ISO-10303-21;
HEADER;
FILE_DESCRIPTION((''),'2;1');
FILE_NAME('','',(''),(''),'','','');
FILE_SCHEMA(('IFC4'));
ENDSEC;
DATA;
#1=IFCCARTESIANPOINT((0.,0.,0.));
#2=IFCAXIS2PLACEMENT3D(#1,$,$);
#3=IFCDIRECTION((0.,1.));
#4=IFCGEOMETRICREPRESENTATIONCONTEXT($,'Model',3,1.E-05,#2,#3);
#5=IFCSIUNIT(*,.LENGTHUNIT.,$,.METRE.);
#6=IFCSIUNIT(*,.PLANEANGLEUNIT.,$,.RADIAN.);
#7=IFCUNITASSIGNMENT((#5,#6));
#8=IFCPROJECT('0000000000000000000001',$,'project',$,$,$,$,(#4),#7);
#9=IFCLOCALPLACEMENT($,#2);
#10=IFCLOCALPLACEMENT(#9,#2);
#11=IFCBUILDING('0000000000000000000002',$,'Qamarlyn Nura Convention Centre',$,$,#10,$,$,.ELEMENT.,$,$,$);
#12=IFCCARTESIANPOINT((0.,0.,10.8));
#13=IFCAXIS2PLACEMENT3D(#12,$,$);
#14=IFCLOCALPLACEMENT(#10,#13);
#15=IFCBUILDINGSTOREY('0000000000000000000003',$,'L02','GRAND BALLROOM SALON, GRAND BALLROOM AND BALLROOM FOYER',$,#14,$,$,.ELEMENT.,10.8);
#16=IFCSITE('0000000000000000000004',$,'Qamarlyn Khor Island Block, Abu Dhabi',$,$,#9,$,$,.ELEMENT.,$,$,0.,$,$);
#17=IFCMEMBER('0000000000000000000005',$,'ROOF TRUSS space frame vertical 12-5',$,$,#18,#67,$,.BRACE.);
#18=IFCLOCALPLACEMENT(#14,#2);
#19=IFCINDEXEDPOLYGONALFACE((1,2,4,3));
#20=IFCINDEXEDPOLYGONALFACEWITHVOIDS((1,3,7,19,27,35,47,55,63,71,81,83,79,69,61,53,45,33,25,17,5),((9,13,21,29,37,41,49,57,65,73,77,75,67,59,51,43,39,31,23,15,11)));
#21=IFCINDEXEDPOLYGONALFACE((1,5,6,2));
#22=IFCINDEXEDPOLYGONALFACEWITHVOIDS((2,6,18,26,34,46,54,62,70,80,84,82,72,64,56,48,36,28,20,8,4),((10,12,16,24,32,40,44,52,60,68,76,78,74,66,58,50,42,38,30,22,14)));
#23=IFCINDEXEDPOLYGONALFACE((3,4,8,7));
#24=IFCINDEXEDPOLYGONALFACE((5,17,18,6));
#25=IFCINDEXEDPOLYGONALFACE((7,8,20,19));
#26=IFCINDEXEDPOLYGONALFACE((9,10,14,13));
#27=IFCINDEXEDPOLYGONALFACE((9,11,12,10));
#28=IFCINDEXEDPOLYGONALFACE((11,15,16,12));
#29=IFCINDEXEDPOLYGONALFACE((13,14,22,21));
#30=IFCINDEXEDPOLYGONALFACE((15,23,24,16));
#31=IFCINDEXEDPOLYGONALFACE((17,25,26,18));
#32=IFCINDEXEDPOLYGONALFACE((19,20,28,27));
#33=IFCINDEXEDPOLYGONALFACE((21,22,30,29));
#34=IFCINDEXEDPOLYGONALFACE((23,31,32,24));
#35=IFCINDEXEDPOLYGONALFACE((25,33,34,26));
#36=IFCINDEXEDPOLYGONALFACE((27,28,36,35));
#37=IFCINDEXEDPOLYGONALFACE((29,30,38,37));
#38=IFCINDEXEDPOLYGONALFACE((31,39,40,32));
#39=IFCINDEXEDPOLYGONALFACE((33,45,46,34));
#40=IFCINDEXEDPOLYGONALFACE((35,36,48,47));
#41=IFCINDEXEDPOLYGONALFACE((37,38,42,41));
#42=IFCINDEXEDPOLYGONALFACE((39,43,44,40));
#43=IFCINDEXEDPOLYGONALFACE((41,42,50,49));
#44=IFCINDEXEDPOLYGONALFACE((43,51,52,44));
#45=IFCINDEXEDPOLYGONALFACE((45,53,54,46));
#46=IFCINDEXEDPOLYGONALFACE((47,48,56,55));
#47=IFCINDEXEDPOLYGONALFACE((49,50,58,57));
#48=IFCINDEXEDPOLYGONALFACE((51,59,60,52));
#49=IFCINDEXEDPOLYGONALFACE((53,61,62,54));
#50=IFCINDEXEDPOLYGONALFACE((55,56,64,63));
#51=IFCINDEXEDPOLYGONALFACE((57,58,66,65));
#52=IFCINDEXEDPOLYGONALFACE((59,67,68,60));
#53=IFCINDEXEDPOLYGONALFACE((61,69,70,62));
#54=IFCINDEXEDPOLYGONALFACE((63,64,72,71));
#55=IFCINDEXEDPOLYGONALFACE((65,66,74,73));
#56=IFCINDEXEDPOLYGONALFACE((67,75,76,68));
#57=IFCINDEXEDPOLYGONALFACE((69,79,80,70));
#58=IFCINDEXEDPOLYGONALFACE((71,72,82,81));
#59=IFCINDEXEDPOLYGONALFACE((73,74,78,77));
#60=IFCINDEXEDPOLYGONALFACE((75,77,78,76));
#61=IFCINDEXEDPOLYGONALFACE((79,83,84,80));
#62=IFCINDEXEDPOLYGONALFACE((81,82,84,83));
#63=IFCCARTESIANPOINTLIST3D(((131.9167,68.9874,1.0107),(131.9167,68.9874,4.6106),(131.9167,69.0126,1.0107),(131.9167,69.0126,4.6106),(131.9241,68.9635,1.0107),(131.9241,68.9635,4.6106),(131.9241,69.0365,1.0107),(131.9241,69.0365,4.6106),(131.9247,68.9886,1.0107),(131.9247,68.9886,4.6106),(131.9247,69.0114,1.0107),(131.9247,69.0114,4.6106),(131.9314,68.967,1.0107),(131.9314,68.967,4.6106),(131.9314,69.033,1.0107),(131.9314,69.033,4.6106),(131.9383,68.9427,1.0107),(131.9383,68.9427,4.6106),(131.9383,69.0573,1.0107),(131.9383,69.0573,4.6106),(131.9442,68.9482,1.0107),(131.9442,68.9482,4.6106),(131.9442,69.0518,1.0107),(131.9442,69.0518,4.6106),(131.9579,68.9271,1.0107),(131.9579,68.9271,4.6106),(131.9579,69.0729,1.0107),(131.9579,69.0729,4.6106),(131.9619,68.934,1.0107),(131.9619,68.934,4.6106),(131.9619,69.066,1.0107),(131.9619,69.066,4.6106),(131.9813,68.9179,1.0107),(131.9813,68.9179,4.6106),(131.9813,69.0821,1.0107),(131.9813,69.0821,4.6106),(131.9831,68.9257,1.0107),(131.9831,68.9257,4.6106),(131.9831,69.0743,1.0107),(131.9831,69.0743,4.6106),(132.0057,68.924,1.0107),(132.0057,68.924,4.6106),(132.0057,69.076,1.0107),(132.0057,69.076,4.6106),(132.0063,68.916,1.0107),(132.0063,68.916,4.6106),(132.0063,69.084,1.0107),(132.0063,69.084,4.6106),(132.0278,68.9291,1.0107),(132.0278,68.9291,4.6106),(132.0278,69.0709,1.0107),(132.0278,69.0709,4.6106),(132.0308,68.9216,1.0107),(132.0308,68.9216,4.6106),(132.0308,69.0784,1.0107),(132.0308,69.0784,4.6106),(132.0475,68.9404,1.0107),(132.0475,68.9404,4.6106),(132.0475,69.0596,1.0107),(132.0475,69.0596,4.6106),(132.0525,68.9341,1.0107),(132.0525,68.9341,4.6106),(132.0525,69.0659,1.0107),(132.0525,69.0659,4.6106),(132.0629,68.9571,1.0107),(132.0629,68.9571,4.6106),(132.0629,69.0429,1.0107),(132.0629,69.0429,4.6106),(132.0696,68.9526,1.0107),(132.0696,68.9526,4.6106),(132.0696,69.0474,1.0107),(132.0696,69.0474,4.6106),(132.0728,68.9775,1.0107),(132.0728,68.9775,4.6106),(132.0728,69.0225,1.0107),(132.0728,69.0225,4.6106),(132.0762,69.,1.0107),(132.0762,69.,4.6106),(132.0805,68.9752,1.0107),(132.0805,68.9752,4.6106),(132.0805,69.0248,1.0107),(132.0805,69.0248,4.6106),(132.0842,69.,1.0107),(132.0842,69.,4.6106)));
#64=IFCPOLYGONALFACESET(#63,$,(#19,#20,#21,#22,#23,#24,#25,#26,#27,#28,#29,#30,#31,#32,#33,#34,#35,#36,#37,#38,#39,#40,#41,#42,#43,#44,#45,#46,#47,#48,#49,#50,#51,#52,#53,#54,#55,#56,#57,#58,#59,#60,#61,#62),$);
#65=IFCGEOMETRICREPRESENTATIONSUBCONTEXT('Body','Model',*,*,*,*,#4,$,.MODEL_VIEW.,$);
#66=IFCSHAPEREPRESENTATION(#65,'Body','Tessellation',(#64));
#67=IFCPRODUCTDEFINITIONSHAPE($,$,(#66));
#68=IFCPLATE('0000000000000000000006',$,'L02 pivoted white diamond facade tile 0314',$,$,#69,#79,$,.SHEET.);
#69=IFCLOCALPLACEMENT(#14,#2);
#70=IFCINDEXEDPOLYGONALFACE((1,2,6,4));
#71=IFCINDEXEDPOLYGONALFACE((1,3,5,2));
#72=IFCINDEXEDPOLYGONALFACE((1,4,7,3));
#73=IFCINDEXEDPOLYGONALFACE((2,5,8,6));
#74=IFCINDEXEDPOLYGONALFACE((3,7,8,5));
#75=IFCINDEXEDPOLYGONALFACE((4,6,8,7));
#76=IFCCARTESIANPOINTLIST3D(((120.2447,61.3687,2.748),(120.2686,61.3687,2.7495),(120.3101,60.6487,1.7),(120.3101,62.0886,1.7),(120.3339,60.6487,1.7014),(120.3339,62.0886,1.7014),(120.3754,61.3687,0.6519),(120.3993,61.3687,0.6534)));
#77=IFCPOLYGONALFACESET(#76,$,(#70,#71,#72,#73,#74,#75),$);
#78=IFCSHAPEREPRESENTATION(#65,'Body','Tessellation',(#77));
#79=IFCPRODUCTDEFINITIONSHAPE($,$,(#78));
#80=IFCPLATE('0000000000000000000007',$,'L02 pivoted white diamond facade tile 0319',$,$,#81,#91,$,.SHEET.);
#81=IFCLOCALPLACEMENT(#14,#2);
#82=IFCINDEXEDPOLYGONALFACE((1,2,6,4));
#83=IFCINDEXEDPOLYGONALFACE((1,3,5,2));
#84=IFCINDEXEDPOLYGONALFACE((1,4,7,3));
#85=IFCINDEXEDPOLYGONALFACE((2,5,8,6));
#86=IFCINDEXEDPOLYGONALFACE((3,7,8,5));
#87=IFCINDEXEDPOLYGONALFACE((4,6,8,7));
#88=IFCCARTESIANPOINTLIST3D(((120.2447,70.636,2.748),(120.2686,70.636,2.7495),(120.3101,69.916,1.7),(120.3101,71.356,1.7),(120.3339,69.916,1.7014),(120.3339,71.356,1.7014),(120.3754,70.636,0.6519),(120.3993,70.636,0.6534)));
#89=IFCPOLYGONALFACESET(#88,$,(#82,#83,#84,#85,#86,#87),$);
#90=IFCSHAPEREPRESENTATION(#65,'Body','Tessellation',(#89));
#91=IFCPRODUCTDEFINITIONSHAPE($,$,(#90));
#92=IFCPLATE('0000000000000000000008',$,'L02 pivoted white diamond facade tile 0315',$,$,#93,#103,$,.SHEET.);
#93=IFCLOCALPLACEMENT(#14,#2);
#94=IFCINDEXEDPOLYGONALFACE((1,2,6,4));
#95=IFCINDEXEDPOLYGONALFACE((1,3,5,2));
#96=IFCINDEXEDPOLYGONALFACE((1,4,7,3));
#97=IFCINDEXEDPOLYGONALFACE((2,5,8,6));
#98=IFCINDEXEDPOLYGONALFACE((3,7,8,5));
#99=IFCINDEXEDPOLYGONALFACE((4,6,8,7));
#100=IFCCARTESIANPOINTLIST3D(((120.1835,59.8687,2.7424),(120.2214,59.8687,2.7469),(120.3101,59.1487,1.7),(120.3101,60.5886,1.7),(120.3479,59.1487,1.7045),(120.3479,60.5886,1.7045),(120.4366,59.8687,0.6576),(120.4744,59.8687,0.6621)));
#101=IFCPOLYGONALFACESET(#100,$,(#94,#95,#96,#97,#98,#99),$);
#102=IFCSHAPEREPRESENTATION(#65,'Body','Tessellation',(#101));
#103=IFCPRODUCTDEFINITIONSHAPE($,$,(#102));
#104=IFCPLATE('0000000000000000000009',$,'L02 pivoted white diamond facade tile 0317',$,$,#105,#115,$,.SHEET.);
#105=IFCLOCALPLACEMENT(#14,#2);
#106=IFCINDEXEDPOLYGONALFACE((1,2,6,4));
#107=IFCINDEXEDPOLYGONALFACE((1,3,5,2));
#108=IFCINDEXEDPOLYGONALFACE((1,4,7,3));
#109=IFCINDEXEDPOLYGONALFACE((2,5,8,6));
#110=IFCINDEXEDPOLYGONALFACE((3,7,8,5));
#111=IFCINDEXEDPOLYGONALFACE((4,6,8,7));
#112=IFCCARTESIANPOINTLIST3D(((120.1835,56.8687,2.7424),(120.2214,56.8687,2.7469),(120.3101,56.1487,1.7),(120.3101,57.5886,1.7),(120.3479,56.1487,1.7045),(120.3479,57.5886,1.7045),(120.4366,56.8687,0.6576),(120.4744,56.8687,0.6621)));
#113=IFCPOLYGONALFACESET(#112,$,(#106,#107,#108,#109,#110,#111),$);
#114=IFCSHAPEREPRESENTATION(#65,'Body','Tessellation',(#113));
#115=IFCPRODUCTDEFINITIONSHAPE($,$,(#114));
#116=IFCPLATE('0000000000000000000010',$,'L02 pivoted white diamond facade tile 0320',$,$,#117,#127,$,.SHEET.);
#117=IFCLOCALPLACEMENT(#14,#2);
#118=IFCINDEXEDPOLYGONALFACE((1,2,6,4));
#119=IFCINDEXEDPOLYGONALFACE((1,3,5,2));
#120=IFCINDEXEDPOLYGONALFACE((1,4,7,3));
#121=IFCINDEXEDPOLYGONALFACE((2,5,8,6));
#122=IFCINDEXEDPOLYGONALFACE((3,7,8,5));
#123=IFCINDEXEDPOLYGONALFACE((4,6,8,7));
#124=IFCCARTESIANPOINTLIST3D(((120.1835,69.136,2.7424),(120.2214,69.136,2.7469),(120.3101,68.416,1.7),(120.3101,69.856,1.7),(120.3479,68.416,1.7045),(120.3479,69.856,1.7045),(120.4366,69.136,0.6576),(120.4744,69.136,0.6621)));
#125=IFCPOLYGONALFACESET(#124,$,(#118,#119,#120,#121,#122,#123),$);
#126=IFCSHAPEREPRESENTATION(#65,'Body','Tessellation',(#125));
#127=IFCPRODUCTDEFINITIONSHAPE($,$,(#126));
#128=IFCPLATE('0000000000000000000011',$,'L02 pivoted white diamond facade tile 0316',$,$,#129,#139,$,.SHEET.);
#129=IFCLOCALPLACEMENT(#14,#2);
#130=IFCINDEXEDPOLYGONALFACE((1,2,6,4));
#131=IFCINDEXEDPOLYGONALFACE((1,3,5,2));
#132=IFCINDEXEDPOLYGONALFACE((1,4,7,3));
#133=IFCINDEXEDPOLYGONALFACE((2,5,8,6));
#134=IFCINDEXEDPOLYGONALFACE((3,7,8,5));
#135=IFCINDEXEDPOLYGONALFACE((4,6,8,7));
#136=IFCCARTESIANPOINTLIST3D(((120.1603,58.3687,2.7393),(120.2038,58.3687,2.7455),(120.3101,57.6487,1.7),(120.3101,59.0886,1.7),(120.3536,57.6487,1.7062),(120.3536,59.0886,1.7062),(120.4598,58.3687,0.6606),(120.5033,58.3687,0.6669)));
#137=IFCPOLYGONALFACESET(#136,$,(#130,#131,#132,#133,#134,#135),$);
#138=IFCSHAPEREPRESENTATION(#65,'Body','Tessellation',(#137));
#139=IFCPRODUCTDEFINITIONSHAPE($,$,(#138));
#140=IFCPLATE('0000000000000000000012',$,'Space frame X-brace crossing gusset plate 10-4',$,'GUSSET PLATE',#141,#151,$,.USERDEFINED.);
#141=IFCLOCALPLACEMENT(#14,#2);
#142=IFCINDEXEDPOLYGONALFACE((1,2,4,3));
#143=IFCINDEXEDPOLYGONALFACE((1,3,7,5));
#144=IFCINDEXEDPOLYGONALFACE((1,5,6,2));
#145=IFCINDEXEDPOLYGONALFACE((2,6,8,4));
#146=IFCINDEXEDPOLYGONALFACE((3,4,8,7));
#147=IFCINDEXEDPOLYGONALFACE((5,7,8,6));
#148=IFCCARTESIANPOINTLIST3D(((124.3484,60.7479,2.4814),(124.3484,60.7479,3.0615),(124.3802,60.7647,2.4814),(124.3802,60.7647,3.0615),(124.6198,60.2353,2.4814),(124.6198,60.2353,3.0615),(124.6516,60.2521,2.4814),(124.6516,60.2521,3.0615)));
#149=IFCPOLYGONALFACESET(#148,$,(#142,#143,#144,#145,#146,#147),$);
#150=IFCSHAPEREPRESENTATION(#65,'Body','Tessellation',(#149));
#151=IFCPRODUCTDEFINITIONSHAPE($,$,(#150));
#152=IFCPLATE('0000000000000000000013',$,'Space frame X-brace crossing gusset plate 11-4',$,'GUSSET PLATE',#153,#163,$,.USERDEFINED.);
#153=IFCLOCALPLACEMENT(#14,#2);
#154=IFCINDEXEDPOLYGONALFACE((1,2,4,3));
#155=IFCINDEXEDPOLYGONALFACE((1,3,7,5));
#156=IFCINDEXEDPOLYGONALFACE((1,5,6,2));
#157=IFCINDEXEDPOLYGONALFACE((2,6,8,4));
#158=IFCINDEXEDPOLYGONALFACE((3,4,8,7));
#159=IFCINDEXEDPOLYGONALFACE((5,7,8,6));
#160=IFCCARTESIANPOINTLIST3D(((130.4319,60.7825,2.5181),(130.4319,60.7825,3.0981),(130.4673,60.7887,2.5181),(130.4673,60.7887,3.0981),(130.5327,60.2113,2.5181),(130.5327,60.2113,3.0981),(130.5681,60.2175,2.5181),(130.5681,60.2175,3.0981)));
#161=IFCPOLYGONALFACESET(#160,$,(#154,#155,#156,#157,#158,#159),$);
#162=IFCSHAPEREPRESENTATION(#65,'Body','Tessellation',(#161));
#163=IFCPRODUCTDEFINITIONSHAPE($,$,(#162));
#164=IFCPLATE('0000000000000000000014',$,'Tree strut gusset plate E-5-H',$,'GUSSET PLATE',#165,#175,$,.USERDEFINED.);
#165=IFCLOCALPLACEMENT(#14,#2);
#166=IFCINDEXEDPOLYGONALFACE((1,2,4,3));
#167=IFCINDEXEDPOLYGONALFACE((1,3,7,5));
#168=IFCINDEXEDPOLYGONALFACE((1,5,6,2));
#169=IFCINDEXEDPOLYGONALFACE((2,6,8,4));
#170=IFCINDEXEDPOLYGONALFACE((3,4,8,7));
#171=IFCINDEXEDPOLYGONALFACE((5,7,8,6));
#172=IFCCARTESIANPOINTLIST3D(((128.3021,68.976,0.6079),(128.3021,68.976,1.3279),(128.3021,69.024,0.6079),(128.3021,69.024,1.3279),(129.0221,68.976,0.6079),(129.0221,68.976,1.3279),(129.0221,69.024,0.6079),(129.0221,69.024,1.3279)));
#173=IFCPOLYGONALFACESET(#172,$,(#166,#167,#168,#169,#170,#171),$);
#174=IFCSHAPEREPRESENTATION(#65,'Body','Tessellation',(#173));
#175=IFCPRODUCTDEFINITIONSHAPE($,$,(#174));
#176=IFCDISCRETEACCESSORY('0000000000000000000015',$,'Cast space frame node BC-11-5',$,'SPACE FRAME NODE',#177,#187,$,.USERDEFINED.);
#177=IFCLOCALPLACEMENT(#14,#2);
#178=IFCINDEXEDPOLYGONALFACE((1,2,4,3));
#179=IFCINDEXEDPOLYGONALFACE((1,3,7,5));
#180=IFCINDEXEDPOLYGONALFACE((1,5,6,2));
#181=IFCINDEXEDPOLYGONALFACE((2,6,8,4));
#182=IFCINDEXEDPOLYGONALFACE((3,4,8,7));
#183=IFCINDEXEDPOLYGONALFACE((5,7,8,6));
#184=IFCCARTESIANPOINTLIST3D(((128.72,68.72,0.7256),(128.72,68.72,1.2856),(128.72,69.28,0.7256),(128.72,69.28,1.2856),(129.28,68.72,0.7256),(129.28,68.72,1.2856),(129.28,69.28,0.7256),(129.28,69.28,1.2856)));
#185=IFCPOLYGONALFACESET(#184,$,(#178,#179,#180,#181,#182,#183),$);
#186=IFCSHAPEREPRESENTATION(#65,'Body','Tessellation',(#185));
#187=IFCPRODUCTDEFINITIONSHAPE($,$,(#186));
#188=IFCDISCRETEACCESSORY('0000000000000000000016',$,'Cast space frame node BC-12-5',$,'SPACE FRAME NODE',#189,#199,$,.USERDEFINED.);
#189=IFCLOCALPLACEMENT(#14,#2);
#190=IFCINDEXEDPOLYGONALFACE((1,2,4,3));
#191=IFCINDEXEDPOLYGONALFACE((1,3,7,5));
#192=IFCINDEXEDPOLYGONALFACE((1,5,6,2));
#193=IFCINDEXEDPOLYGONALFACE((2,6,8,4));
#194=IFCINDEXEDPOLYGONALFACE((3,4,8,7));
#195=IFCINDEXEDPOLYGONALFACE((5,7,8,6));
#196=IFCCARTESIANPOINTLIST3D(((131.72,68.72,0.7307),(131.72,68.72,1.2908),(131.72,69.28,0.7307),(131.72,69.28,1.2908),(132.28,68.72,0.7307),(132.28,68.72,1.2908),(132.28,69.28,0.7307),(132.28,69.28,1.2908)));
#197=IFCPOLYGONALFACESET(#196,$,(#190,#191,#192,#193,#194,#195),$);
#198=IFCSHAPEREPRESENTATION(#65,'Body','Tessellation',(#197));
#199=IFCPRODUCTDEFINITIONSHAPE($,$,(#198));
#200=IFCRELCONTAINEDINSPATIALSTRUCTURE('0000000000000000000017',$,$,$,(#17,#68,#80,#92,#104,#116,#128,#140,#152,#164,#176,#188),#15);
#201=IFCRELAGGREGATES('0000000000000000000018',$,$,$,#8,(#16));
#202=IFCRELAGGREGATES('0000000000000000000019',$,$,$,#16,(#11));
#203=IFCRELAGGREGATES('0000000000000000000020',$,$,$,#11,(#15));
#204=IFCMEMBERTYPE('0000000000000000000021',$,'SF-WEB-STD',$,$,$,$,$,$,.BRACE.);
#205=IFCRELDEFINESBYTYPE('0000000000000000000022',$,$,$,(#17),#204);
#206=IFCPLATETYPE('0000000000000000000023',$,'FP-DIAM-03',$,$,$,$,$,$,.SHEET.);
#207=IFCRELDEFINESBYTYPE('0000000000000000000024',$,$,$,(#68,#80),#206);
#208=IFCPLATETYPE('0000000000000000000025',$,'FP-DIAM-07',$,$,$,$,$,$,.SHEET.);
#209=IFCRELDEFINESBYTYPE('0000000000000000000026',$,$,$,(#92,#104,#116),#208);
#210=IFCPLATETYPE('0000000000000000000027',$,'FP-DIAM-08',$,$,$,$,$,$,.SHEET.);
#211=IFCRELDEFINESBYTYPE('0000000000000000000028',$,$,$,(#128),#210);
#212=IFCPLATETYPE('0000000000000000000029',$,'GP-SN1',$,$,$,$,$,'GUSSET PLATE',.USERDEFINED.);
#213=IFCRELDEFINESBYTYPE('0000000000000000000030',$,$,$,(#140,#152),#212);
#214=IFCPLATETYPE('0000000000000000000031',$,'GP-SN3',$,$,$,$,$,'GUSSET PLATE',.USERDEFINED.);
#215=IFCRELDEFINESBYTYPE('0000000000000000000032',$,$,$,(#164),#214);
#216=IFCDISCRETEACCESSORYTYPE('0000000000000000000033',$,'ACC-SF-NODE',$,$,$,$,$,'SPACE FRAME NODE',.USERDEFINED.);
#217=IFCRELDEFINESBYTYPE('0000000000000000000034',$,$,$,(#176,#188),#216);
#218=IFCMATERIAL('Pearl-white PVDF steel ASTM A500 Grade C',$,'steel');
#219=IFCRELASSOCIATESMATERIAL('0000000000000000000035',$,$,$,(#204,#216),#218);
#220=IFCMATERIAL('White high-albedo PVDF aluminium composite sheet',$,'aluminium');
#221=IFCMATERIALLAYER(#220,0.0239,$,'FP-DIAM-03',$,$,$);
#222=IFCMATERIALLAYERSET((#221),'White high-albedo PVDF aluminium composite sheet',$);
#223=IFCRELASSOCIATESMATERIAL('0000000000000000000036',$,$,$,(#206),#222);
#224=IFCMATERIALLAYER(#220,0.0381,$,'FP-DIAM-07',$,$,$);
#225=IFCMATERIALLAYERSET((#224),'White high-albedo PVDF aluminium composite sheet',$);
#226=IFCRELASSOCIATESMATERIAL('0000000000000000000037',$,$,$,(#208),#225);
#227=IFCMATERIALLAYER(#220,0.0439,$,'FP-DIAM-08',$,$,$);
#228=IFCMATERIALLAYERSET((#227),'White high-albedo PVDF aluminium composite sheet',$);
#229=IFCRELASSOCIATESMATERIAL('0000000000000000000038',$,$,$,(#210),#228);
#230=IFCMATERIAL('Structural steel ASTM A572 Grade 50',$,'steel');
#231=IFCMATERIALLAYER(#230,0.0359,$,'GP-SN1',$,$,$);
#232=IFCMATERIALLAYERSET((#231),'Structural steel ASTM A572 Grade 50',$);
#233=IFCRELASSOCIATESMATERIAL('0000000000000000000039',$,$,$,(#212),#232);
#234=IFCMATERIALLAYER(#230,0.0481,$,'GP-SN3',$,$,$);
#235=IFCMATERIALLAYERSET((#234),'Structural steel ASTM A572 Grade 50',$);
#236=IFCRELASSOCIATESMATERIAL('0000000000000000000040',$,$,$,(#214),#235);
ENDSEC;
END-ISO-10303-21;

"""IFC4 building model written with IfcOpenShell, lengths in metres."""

from ifc_helpers import new_model, si_unit, direction, frame, origin, origin_2d, place, context, subcontext, project, spatial, polyline, rectangle, hollow_circle, outline, extrude, material, layer, layer_set, material_profile, profile_set, type_object, element, save


model = new_model("IFC4")

# Units and contexts
model_context = context("Model", 3, precision=1e-05, world=origin(), true_north=direction((0.0, 1.0)))
body_context = subcontext(model_context, "Body", "Model", "MODEL_VIEW")
ifc_project = project(units=[si_unit("LENGTHUNIT", "METRE"), si_unit("PLANEANGLEUNIT", "RADIAN")], contexts=[model_context])

# Site, building, storey
site_placement = place(None, origin())
site = spatial("IfcSite", under=ifc_project, at=site_placement, Name="Qamarlyn Khor Island Block, Abu Dhabi", CompositionType="ELEMENT", RefElevation=0.0)
building_placement = place(site_placement, origin())
building = spatial("IfcBuilding", under=site, at=building_placement, Name="Qamarlyn Nura Convention Centre", CompositionType="ELEMENT")
storey_placement = place(building_placement, frame((0.0, 0.0, 10.8)))
storey = spatial("IfcBuildingStorey", under=building, at=storey_placement, Name="L02", Description="GRAND BALLROOM SALON, GRAND BALLROOM AND BALLROOM FOYER", CompositionType="ELEMENT", Elevation=10.8)

# Member
ifc_material_1 = material(Name="Pearl-white PVDF steel ASTM A500 Grade C", Category="steel")
ifc_material_profile_1 = material_profile(ifc_material_1, hollow_circle(Radius=0.0842, WallThickness=0.0081, at=origin_2d()), Name="CHS168.3X8")
ifc_profile_set_1 = profile_set([ifc_material_profile_1], Name="Pearl-white PVDF steel ASTM A500 Grade C")
member_type_1 = type_object("IfcMemberType", Name="SF-WEB-STD", PredefinedType="BRACE", material=ifc_profile_set_1)
member_1_placement = place(storey_placement, frame((132.0, 69.0, 1.0107), z_axis=(0.0, 0.0, 1.0), x_axis=(1.0, 0.0, 0.0)))
element("IfcMember", 1, at=member_1_placement, inside=storey, type_object=member_type_1, Name="ROOF TRUSS space frame vertical 12-5", PredefinedType="BRACE", context=body_context, shape_type="SweptSolid", body=[
    extrude(hollow_circle(Radius=0.0842, WallThickness=0.0081, at=origin_2d()), origin(), (0.0, 0.0, 1.0), 3.5999),
])

# Plates
ifc_material_2 = material(Name="White high-albedo PVDF aluminium composite sheet", Category="aluminium")
ifc_layer_1 = layer(ifc_material_2, 0.0239, Name="FP-DIAM-03")
ifc_layer_set_1 = layer_set([ifc_layer_1], Name="White high-albedo PVDF aluminium composite sheet")
plate_type_1 = type_object("IfcPlateType", Name="FP-DIAM-03", PredefinedType="SHEET", material=ifc_layer_set_1)
for number, where, z_axis, x_axis, name in (
    (2, (120.3101, 61.3687, 1.7), (0.998059, 0.0, 0.062268), (0.0, 1.0, 0.0), "L02 pivoted white diamond facade tile 0314"),
    (3, (120.3101, 70.636, 1.7), (0.998059, 0.0, 0.062268), (0.0, 1.0, 0.0), "L02 pivoted white diamond facade tile 0319"),
):
    element("IfcPlate", number, at=place(storey_placement, frame(where, z_axis=z_axis, x_axis=x_axis)), inside=storey, type_object=plate_type_1, Name=name, PredefinedType="SHEET", context=body_context, shape_type="SweptSolid", body=[
        extrude(outline(polyline([(-0.72, 0.0), (0.0, -1.05), (0.72, 0.0), (0.0, 1.05), (-0.72, 0.0)])), origin(), (0.0, 0.0, 1.0), 0.0239),
    ])
ifc_layer_2 = layer(ifc_material_2, 0.0381, Name="FP-DIAM-07")
ifc_layer_set_2 = layer_set([ifc_layer_2], Name="White high-albedo PVDF aluminium composite sheet")
plate_type_2 = type_object("IfcPlateType", Name="FP-DIAM-07", PredefinedType="SHEET", material=ifc_layer_set_2)
for number, where, z_axis, x_axis, name in (
    (4, (120.3101, 59.8687, 1.7), (0.992715, 0.0, 0.120483), (0.0, 1.0, 0.0), "L02 pivoted white diamond facade tile 0315"),
    (5, (120.3101, 56.8687, 1.7), (0.992715, 0.0, 0.120483), (0.0, 1.0, 0.0), "L02 pivoted white diamond facade tile 0317"),
    (6, (120.3101, 69.136, 1.7), (0.992715, 0.0, 0.120483), (0.0, 1.0, 0.0), "L02 pivoted white diamond facade tile 0320"),
):
    element("IfcPlate", number, at=place(storey_placement, frame(where, z_axis=z_axis, x_axis=x_axis)), inside=storey, type_object=plate_type_2, Name=name, PredefinedType="SHEET", context=body_context, shape_type="SweptSolid", body=[
        extrude(outline(polyline([(-0.72, 0.0), (0.0, -1.05), (0.72, 0.0), (0.0, 1.05), (-0.72, 0.0)])), origin(), (0.0, 0.0, 1.0), 0.0381),
    ])
ifc_layer_3 = layer(ifc_material_2, 0.0439, Name="FP-DIAM-08")
ifc_layer_set_3 = layer_set([ifc_layer_3], Name="White high-albedo PVDF aluminium composite sheet")
plate_type_3 = type_object("IfcPlateType", Name="FP-DIAM-08", PredefinedType="SHEET", material=ifc_layer_set_3)
plate_1_placement = place(storey_placement, frame((120.3101, 58.3687, 1.7), z_axis=(0.989776, 0.0, 0.142629), x_axis=(0.0, 1.0, 0.0)))
element("IfcPlate", 7, at=plate_1_placement, inside=storey, type_object=plate_type_3, Name="L02 pivoted white diamond facade tile 0316", PredefinedType="SHEET", context=body_context, shape_type="SweptSolid", body=[
    extrude(outline(polyline([(-0.72, 0.0), (0.0, -1.05), (0.72, 0.0), (0.0, 1.05), (-0.72, 0.0)])), origin(), (0.0, 0.0, 1.0), 0.0439),
])
ifc_material_3 = material(Name="Structural steel ASTM A572 Grade 50", Category="steel")
ifc_layer_4 = layer(ifc_material_3, 0.0359, Name="GP-SN1")
ifc_layer_set_4 = layer_set([ifc_layer_4], Name="Structural steel ASTM A572 Grade 50")
plate_type_4 = type_object("IfcPlateType", Name="GP-SN1", ElementType="GUSSET PLATE", PredefinedType="USERDEFINED", material=ifc_layer_set_4)
for number, where, z_axis, x_axis, name in (
    (8, (124.5, 60.5, 2.4814), (0.0, 0.0, 1.0), (-0.467888, 0.883788, 0.0), "Space frame X-brace crossing gusset plate 10-4"),
    (9, (130.5, 60.5, 2.5181), (0.0, 0.0, 1.0), (-0.173786, 0.984783, 0.0), "Space frame X-brace crossing gusset plate 11-4"),
):
    element("IfcPlate", number, at=place(storey_placement, frame(where, z_axis=z_axis, x_axis=x_axis)), inside=storey, type_object=plate_type_4, Name=name, ObjectType="GUSSET PLATE", PredefinedType="USERDEFINED", context=body_context, shape_type="SweptSolid", body=[
        extrude(rectangle(XDim=0.5801, YDim=0.0359, at=origin_2d()), origin(), (0.0, 0.0, 1.0), 0.5801),
    ])
ifc_layer_5 = layer(ifc_material_3, 0.0481, Name="GP-SN3")
ifc_layer_set_5 = layer_set([ifc_layer_5], Name="Structural steel ASTM A572 Grade 50")
plate_type_5 = type_object("IfcPlateType", Name="GP-SN3", ElementType="GUSSET PLATE", PredefinedType="USERDEFINED", material=ifc_layer_set_5)
plate_2_placement = place(storey_placement, frame((128.6621, 69.0, 0.6079), z_axis=(0.0, 0.0, 1.0), x_axis=(1.0, 0.0, 0.0)))
element("IfcPlate", 10, at=plate_2_placement, inside=storey, type_object=plate_type_5, Name="Tree strut gusset plate E-5-H", ObjectType="GUSSET PLATE", PredefinedType="USERDEFINED", context=body_context, shape_type="SweptSolid", body=[
    extrude(rectangle(XDim=0.72, YDim=0.0481, at=origin_2d()), origin(), (0.0, 0.0, 1.0), 0.72),
])

# Discrete accessories
discrete_accessory_type = type_object("IfcDiscreteAccessoryType", Name="ACC-SF-NODE", ElementType="SPACE FRAME NODE", PredefinedType="USERDEFINED", material=ifc_material_1)
for number, where, z_axis, x_axis, name in (
    (11, (129.0, 69.0, 0.7256), (0.0, 0.0, 1.0), (1.0, 0.0, 0.0), "Cast space frame node BC-11-5"),
    (12, (132.0, 69.0, 0.7307), (0.0, 0.0, 1.0), (1.0, 0.0, 0.0), "Cast space frame node BC-12-5"),
):
    element("IfcDiscreteAccessory", number, at=place(storey_placement, frame(where, z_axis=z_axis, x_axis=x_axis)), inside=storey, type_object=discrete_accessory_type, Name=name, ObjectType="SPACE FRAME NODE", PredefinedType="USERDEFINED", context=body_context, shape_type="SweptSolid", body=[
        extrude(rectangle(XDim=0.5601, YDim=0.5601, at=origin_2d()), origin(), (0.0, 0.0, 1.0), 0.5601),
    ])

save(model, "model.ifc")
